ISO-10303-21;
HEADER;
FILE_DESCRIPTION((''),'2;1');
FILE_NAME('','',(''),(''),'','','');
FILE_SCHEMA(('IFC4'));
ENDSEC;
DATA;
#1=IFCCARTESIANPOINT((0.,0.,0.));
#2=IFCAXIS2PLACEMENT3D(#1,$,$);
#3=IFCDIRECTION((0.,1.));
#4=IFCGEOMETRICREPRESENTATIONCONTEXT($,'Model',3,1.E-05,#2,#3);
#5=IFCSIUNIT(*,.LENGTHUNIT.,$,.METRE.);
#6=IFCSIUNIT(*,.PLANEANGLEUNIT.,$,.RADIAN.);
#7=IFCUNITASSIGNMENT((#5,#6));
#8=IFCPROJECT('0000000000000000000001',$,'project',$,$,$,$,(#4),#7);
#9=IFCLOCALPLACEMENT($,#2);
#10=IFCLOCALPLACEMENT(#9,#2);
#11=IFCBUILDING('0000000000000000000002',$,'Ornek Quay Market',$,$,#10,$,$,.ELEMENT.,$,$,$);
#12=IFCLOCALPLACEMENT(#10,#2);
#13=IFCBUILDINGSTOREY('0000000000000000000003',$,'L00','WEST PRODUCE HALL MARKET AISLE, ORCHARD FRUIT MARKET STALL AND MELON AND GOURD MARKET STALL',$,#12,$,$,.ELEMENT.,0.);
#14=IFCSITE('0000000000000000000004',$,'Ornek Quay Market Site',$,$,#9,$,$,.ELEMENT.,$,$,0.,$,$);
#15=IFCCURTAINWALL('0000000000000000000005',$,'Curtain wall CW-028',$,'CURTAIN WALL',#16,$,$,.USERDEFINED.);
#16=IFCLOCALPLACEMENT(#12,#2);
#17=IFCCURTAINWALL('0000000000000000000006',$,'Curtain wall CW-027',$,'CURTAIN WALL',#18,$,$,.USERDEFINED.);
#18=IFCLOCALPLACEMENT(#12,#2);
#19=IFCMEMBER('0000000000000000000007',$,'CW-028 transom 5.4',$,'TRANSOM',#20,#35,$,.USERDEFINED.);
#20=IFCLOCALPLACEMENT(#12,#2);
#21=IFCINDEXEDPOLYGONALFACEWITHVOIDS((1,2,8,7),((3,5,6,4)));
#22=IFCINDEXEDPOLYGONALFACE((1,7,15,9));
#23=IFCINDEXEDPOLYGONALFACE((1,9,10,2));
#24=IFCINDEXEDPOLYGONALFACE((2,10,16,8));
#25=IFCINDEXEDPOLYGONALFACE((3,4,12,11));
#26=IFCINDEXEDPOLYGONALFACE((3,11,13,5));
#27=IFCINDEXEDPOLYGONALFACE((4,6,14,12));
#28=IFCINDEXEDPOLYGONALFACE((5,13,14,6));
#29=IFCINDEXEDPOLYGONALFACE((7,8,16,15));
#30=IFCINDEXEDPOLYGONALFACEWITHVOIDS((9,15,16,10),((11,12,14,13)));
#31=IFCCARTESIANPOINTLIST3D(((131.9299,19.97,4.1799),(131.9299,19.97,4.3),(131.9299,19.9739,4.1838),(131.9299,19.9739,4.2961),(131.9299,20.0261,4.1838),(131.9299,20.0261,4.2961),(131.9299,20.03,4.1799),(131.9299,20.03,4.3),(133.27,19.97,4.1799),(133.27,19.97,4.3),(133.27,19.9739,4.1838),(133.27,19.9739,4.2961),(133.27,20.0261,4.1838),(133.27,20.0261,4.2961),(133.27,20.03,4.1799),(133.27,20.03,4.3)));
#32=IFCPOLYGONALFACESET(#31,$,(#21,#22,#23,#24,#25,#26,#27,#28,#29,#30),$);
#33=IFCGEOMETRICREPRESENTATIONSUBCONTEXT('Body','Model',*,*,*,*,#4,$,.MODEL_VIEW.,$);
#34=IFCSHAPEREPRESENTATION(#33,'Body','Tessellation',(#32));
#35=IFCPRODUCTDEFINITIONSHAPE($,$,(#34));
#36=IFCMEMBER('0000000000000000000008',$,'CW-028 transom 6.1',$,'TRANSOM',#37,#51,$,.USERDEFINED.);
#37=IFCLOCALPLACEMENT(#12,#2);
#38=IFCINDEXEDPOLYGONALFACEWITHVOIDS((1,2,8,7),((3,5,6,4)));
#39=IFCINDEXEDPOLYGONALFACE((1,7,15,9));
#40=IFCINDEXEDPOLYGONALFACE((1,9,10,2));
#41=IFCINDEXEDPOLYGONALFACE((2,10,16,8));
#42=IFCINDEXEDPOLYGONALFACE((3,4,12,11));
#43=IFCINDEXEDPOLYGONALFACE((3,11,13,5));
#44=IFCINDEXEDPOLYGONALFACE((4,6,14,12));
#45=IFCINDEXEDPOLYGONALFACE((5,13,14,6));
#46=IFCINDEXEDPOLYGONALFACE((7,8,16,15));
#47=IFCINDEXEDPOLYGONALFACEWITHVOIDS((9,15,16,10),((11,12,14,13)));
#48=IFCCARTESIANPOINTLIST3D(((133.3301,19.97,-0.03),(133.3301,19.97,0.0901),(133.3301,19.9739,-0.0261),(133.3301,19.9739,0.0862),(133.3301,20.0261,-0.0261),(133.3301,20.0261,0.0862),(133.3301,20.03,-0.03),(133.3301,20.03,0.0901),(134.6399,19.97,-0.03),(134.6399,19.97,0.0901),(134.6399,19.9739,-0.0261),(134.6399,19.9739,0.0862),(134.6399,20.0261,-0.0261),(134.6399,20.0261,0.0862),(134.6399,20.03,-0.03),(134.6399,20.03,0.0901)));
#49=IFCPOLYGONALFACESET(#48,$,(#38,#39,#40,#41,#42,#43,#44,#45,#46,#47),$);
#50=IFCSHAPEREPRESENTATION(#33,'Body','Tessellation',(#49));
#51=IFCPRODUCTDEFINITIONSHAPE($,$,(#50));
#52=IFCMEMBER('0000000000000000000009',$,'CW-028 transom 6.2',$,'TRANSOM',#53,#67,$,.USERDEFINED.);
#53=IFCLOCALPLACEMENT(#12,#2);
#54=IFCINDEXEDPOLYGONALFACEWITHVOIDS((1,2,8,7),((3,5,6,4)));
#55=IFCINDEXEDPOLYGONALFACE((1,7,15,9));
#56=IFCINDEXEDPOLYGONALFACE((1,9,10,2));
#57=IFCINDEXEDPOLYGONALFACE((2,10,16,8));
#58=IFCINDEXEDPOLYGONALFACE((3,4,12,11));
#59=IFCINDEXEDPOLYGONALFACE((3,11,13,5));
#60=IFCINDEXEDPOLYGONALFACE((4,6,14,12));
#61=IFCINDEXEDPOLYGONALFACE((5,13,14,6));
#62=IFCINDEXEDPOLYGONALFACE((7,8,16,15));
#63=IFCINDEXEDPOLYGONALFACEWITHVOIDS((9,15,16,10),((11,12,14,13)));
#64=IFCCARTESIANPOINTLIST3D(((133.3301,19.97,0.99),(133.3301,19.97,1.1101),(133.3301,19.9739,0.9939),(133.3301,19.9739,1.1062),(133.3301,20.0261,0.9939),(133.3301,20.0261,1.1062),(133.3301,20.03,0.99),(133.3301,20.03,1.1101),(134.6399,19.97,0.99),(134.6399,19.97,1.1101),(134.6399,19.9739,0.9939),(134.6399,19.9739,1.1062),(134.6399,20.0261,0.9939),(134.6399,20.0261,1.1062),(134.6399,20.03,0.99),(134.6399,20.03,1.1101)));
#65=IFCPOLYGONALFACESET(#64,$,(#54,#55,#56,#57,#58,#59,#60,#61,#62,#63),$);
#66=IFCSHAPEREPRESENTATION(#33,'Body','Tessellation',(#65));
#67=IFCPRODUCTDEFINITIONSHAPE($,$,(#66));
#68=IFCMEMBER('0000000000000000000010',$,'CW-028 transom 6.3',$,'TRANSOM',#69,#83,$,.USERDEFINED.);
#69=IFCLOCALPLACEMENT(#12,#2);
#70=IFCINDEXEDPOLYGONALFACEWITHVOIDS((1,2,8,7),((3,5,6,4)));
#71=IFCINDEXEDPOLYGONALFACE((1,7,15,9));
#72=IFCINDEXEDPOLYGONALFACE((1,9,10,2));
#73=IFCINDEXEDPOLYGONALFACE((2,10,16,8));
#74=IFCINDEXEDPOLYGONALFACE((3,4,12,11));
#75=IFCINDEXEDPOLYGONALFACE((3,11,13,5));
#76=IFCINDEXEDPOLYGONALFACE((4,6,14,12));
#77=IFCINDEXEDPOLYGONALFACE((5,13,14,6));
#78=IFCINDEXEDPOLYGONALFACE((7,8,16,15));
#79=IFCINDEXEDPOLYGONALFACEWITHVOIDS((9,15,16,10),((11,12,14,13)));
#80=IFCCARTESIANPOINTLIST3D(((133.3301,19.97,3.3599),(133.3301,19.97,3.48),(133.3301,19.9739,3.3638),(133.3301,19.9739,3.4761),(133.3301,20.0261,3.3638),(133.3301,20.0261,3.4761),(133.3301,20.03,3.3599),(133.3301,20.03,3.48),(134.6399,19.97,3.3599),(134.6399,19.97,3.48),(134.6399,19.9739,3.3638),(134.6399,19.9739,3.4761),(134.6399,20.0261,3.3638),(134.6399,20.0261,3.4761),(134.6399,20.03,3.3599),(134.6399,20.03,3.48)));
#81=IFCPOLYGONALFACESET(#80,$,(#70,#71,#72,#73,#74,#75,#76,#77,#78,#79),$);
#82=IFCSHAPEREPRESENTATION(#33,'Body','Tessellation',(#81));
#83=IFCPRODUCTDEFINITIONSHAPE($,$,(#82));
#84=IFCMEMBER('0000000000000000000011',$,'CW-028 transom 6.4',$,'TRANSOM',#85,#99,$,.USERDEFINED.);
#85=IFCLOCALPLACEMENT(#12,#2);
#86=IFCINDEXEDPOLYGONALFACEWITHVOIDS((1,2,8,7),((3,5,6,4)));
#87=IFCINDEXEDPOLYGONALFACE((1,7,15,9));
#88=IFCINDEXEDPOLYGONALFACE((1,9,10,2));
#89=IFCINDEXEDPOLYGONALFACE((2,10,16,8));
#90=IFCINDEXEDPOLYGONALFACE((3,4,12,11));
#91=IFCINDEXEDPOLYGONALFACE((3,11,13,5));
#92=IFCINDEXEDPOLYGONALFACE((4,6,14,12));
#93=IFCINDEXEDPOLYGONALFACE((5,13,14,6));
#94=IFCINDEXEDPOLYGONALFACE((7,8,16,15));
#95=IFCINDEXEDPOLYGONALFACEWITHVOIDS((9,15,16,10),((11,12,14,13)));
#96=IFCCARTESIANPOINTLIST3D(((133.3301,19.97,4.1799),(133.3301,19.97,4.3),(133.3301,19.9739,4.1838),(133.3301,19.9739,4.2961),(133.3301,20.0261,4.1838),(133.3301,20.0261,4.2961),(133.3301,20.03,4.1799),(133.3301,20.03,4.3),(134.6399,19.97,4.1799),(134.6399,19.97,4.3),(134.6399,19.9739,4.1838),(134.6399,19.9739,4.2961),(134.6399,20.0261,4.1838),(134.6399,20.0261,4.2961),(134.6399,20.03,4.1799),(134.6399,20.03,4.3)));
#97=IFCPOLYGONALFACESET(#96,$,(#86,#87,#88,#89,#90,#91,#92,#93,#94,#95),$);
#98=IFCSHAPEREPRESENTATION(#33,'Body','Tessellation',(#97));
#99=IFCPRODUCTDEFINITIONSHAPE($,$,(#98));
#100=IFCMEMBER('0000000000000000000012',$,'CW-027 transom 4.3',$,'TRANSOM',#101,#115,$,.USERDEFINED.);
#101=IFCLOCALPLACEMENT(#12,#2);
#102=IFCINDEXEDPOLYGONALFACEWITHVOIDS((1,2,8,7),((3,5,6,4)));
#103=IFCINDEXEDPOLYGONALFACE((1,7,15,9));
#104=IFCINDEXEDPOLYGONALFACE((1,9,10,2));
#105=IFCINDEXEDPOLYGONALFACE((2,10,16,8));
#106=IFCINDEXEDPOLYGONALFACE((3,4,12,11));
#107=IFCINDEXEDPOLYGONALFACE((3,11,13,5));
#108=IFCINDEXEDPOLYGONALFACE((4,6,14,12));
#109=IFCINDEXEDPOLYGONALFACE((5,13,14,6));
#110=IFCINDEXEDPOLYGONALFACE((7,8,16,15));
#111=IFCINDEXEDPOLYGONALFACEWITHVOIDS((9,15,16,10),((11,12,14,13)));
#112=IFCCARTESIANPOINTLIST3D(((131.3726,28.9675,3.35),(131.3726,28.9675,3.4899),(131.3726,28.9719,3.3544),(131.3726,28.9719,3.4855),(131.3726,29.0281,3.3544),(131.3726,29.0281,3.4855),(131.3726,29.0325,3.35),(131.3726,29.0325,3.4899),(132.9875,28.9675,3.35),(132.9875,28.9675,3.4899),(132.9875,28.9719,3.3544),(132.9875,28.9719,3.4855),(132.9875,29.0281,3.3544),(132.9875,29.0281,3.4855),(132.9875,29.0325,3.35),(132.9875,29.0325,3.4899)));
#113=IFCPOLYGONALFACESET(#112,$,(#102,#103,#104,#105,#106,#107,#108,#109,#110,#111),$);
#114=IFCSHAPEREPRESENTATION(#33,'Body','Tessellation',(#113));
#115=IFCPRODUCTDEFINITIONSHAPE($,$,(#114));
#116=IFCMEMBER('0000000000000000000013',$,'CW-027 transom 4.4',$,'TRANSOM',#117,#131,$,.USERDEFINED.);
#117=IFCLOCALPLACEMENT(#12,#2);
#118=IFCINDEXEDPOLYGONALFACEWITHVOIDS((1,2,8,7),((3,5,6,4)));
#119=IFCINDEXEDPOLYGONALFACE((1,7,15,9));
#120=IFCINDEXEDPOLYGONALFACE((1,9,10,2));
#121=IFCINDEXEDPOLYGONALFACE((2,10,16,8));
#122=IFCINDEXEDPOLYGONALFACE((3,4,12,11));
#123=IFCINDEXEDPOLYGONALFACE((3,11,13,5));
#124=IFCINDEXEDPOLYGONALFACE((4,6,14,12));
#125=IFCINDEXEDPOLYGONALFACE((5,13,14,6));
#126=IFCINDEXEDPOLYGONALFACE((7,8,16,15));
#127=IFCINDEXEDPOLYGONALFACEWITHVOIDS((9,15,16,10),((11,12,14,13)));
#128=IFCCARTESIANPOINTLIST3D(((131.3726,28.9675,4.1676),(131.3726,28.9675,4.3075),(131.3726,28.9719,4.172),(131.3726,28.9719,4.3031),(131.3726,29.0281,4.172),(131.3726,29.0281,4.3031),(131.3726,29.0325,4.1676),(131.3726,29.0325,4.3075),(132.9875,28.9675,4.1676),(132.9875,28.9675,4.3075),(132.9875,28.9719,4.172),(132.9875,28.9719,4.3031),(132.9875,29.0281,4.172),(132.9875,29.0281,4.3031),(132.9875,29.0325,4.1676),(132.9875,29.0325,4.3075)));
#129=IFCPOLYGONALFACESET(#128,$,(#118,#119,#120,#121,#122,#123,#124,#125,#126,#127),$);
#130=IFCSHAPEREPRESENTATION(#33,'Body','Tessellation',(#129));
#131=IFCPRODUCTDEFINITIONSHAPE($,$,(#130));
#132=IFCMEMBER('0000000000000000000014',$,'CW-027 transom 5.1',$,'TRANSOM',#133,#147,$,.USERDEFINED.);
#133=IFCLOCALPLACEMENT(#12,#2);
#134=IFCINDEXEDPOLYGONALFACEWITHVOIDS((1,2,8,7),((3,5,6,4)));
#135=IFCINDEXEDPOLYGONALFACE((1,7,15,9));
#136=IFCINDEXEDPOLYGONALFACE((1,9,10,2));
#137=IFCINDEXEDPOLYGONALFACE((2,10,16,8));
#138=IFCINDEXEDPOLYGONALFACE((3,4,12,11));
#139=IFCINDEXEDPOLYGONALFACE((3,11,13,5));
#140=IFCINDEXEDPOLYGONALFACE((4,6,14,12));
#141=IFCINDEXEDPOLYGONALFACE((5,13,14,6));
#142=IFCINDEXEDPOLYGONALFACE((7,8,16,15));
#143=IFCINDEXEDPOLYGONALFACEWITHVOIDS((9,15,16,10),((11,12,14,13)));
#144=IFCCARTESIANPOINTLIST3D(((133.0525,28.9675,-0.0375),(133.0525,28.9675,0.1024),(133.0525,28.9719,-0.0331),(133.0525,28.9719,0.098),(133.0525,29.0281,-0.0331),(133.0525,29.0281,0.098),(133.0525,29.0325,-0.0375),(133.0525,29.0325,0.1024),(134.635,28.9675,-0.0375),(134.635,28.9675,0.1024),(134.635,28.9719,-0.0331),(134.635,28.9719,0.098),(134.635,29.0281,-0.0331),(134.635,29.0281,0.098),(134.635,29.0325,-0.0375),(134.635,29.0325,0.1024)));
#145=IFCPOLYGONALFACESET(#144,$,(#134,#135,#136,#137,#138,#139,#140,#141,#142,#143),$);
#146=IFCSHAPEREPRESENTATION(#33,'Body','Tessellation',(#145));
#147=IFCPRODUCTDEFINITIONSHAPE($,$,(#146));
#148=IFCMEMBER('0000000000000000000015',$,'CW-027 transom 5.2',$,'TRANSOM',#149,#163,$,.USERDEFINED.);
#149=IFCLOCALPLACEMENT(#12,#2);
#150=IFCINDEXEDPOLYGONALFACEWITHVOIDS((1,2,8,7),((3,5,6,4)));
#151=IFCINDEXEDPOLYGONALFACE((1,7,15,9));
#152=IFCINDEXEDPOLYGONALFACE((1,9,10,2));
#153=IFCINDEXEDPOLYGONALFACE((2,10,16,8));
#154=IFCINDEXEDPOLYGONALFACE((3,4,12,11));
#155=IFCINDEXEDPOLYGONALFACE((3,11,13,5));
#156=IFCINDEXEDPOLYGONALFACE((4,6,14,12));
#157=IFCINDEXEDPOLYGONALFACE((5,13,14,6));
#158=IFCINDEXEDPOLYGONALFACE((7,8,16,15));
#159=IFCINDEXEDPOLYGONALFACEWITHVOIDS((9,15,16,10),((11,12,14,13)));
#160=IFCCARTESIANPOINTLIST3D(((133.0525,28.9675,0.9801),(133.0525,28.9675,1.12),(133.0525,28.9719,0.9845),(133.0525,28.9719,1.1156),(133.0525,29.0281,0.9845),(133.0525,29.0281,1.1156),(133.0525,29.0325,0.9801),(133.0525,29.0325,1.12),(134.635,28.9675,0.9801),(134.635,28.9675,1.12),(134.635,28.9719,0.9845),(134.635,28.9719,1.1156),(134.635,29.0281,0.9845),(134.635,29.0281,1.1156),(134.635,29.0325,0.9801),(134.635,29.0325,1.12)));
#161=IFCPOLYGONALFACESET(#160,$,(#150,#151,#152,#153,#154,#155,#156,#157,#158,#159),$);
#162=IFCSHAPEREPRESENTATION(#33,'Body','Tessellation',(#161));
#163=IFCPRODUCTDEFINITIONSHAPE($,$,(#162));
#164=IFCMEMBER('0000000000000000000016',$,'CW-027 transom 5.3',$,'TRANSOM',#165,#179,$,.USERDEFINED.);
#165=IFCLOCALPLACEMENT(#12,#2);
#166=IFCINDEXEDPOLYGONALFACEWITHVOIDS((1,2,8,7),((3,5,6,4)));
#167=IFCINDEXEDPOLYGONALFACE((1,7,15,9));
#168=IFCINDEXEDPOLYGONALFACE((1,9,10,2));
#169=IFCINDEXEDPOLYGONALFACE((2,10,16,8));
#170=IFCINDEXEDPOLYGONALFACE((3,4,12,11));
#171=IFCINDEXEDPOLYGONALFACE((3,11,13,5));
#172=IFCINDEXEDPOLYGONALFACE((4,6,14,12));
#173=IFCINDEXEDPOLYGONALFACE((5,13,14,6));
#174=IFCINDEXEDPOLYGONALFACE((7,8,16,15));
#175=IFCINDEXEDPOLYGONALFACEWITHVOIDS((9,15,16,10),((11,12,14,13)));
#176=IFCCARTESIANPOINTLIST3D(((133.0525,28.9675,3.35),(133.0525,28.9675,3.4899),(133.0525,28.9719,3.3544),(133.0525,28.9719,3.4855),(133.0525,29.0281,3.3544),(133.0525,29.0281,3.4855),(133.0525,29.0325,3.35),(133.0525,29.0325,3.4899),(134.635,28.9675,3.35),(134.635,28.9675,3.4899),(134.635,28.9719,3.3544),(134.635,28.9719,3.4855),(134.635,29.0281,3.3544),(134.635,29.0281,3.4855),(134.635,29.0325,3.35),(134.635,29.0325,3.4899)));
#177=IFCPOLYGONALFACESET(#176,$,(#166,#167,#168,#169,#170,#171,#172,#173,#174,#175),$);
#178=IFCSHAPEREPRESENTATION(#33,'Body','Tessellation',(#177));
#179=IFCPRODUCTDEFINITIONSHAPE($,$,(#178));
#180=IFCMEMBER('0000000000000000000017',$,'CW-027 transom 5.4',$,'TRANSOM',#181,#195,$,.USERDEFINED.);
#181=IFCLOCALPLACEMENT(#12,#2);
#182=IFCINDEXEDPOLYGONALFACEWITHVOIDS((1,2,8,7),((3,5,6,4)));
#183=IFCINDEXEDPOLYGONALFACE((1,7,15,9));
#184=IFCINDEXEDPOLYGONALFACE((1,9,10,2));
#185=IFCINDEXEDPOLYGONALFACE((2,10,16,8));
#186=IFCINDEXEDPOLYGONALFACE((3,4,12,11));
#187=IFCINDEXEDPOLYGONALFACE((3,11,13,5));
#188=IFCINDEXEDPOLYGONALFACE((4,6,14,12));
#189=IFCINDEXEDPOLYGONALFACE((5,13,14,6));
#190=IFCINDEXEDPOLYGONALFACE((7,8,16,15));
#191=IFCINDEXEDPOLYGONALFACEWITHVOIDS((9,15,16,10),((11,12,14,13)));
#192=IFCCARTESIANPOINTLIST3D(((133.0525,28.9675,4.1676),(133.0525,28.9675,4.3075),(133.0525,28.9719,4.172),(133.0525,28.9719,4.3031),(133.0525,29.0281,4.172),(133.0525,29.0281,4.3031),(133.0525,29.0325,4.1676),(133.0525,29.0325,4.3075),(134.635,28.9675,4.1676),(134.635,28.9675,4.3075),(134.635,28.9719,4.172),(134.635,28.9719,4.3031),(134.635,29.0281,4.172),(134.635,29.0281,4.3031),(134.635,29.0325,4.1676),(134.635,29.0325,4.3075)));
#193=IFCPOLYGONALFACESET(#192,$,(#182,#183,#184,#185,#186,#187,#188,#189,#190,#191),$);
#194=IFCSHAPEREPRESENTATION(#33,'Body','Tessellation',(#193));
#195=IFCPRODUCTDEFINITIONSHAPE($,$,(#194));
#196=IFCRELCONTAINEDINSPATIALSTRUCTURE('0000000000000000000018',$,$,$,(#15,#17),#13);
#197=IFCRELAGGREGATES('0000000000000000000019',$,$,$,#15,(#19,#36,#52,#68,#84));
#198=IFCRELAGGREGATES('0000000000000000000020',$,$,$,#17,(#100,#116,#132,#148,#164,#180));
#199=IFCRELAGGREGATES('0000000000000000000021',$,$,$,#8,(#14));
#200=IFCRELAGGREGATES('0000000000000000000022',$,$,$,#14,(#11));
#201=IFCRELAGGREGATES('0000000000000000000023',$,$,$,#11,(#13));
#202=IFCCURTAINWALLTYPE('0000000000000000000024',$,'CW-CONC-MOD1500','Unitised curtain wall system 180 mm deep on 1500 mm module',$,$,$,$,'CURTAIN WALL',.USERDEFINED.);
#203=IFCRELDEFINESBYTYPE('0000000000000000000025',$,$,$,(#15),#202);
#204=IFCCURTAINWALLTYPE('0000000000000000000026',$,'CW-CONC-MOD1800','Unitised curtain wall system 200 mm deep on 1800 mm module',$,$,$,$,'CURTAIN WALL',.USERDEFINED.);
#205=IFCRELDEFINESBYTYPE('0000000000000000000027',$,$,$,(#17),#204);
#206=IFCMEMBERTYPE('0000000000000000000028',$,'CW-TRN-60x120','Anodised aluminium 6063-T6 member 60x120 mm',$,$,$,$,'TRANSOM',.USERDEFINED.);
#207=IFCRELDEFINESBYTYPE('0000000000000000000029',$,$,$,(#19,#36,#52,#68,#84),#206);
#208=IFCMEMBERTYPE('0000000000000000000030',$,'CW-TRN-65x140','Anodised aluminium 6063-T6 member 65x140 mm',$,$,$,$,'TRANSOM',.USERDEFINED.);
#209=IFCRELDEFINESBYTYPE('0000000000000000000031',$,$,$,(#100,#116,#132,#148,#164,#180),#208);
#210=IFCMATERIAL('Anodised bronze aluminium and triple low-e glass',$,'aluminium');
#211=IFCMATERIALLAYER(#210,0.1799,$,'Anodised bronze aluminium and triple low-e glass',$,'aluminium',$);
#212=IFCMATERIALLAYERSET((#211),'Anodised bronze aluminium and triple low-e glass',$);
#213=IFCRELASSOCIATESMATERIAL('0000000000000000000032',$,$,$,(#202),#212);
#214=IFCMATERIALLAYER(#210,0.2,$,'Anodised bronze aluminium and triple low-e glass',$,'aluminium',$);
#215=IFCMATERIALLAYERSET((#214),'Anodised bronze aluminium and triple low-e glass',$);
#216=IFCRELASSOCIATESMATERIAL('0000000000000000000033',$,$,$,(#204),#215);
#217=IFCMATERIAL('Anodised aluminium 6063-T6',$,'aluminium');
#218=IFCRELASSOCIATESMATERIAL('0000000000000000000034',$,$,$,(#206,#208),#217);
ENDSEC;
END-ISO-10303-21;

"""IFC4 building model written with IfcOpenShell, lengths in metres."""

from ifc_helpers import new_model, si_unit, direction, frame, origin, origin_2d, place, context, subcontext, project, spatial, hollow_rectangle, extrude, material, layer, layer_set, material_profile, profile_set, type_object, element, aggregate, save


model = new_model("IFC4")

# Units and contexts
model_context = context("Model", 3, precision=1e-05, world=origin(), true_north=direction((0.0, 1.0)))
body_context = subcontext(model_context, "Body", "Model", "MODEL_VIEW")
ifc_project = project(units=[si_unit("LENGTHUNIT", "METRE"), si_unit("PLANEANGLEUNIT", "RADIAN")], contexts=[model_context])

# Site, building, storey
site_placement = place(None, origin())
site = spatial("IfcSite", under=ifc_project, at=site_placement, Name="Ornek Quay Market Site", CompositionType="ELEMENT", RefElevation=0.0)
building_placement = place(site_placement, origin())
building = spatial("IfcBuilding", under=site, at=building_placement, Name="Ornek Quay Market", CompositionType="ELEMENT")
storey_placement = place(building_placement, origin())
storey = spatial("IfcBuildingStorey", under=building, at=storey_placement, Name="L00", Description="WEST PRODUCE HALL MARKET AISLE, ORCHARD FRUIT MARKET STALL AND MELON AND GOURD MARKET STALL", CompositionType="ELEMENT", Elevation=0.0)

# Curtain walls
ifc_material_1 = material(Name="Anodised bronze aluminium and triple low-e glass", Category="aluminium")
ifc_layer_1 = layer(ifc_material_1, 0.1799, Name="Anodised bronze aluminium and triple low-e glass", Category="aluminium")
ifc_layer_set_1 = layer_set([ifc_layer_1], Name="Anodised bronze aluminium and triple low-e glass")
curtain_wall_type_1 = type_object("IfcCurtainWallType", Name="CW-CONC-MOD1500", Description="Unitised curtain wall system 180 mm deep on 1500 mm module", ElementType="CURTAIN WALL", PredefinedType="USERDEFINED", material=ifc_layer_set_1)
curtain_wall_1_placement = place(storey_placement, origin())
curtain_wall_1 = element("IfcCurtainWall", 1, at=curtain_wall_1_placement, inside=storey, type_object=curtain_wall_type_1, Name="Curtain wall CW-028", ObjectType="CURTAIN WALL", PredefinedType="USERDEFINED")
ifc_material_2 = material(Name="Anodised aluminium 6063-T6", Category="aluminium")
ifc_layer_2 = layer(ifc_material_1, 0.2, Name="Anodised bronze aluminium and triple low-e glass", Category="aluminium")
ifc_layer_set_2 = layer_set([ifc_layer_2], Name="Anodised bronze aluminium and triple low-e glass")
curtain_wall_type_2 = type_object("IfcCurtainWallType", Name="CW-CONC-MOD1800", Description="Unitised curtain wall system 200 mm deep on 1800 mm module", ElementType="CURTAIN WALL", PredefinedType="USERDEFINED", material=ifc_layer_set_2)
curtain_wall_2_placement = place(storey_placement, origin())
curtain_wall_2 = element("IfcCurtainWall", 2, at=curtain_wall_2_placement, inside=storey, type_object=curtain_wall_type_2, Name="Curtain wall CW-027", ObjectType="CURTAIN WALL", PredefinedType="USERDEFINED")

# Members
ifc_material_profile_1 = material_profile(ifc_material_2, hollow_rectangle(XDim=0.0601, YDim=0.1201, WallThickness=0.0039, at=origin_2d()), Name="CW-TRN-60x120", Category="aluminium")
ifc_profile_set_1 = profile_set([ifc_material_profile_1], Name="Anodised aluminium 6063-T6")
member_type_1 = type_object("IfcMemberType", Name="CW-TRN-60x120", Description="Anodised aluminium 6063-T6 member 60x120 mm", ElementType="TRANSOM", PredefinedType="USERDEFINED", material=ifc_profile_set_1)
member_1_placement = place(storey_placement, frame((131.9299, 20.0, 4.24), z_axis=(1.0, 0.0, 0.0), x_axis=(0.0, 1.0, 0.0)))
member_1 = element("IfcMember", 3, at=member_1_placement, type_object=member_type_1, Name="CW-028 transom 5.4", ObjectType="TRANSOM", PredefinedType="USERDEFINED", context=body_context, shape_type="SweptSolid", body=[
    extrude(hollow_rectangle(XDim=0.0601, YDim=0.1201, WallThickness=0.0039, at=origin_2d()), origin(), (0.0, 0.0, 1.0), 1.3401),
])
member_2_placement = place(storey_placement, frame((133.3301, 20.0, 0.03), z_axis=(1.0, 0.0, 0.0), x_axis=(0.0, 1.0, 0.0)))
member_2 = element("IfcMember", 4, at=member_2_placement, type_object=member_type_1, Name="CW-028 transom 6.1", ObjectType="TRANSOM", PredefinedType="USERDEFINED", context=body_context, shape_type="SweptSolid", body=[
    extrude(hollow_rectangle(XDim=0.0601, YDim=0.1201, WallThickness=0.0039, at=origin_2d()), origin(), (0.0, 0.0, 1.0), 1.3098),
])
member_3_placement = place(storey_placement, frame((133.3301, 20.0, 1.05), z_axis=(1.0, 0.0, 0.0), x_axis=(0.0, 1.0, 0.0)))
member_3 = element("IfcMember", 5, at=member_3_placement, type_object=member_type_1, Name="CW-028 transom 6.2", ObjectType="TRANSOM", PredefinedType="USERDEFINED", context=body_context, shape_type="SweptSolid", body=[
    extrude(hollow_rectangle(XDim=0.0601, YDim=0.1201, WallThickness=0.0039, at=origin_2d()), origin(), (0.0, 0.0, 1.0), 1.3098),
])
member_4_placement = place(storey_placement, frame((133.3301, 20.0, 3.4199), z_axis=(1.0, 0.0, 0.0), x_axis=(0.0, 1.0, 0.0)))
member_4 = element("IfcMember", 6, at=member_4_placement, type_object=member_type_1, Name="CW-028 transom 6.3", ObjectType="TRANSOM", PredefinedType="USERDEFINED", context=body_context, shape_type="SweptSolid", body=[
    extrude(hollow_rectangle(XDim=0.0601, YDim=0.1201, WallThickness=0.0039, at=origin_2d()), origin(), (0.0, 0.0, 1.0), 1.3098),
])
member_5_placement = place(storey_placement, frame((133.3301, 20.0, 4.24), z_axis=(1.0, 0.0, 0.0), x_axis=(0.0, 1.0, 0.0)))
member_5 = element("IfcMember", 7, at=member_5_placement, type_object=member_type_1, Name="CW-028 transom 6.4", ObjectType="TRANSOM", PredefinedType="USERDEFINED", context=body_context, shape_type="SweptSolid", body=[
    extrude(hollow_rectangle(XDim=0.0601, YDim=0.1201, WallThickness=0.0039, at=origin_2d()), origin(), (0.0, 0.0, 1.0), 1.3098),
])
ifc_material_profile_2 = material_profile(ifc_material_2, hollow_rectangle(XDim=0.0649, YDim=0.1399, WallThickness=0.0044, at=origin_2d()), Name="CW-TRN-65x140", Category="aluminium")
ifc_profile_set_2 = profile_set([ifc_material_profile_2], Name="Anodised aluminium 6063-T6")
member_type_2 = type_object("IfcMemberType", Name="CW-TRN-65x140", Description="Anodised aluminium 6063-T6 member 65x140 mm", ElementType="TRANSOM", PredefinedType="USERDEFINED", material=ifc_profile_set_2)
member_6_placement = place(storey_placement, frame((131.3726, 29.0, 3.4199), z_axis=(1.0, 0.0, 0.0), x_axis=(0.0, 1.0, 0.0)))
member_6 = element("IfcMember", 8, at=member_6_placement, type_object=member_type_2, Name="CW-027 transom 4.3", ObjectType="TRANSOM", PredefinedType="USERDEFINED", context=body_context, shape_type="SweptSolid", body=[
    extrude(hollow_rectangle(XDim=0.0649, YDim=0.1399, WallThickness=0.0044, at=origin_2d()), origin(), (0.0, 0.0, 1.0), 1.615),
])
member_7_placement = place(storey_placement, frame((131.3726, 29.0, 4.2375), z_axis=(1.0, 0.0, 0.0), x_axis=(0.0, 1.0, 0.0)))
member_7 = element("IfcMember", 9, at=member_7_placement, type_object=member_type_2, Name="CW-027 transom 4.4", ObjectType="TRANSOM", PredefinedType="USERDEFINED", context=body_context, shape_type="SweptSolid", body=[
    extrude(hollow_rectangle(XDim=0.0649, YDim=0.1399, WallThickness=0.0044, at=origin_2d()), origin(), (0.0, 0.0, 1.0), 1.615),
])
member_8_placement = place(storey_placement, frame((133.0525, 29.0, 0.0325), z_axis=(1.0, 0.0, 0.0), x_axis=(0.0, 1.0, 0.0)))
member_8 = element("IfcMember", 10, at=member_8_placement, type_object=member_type_2, Name="CW-027 transom 5.1", ObjectType="TRANSOM", PredefinedType="USERDEFINED", context=body_context, shape_type="SweptSolid", body=[
    extrude(hollow_rectangle(XDim=0.0649, YDim=0.1399, WallThickness=0.0044, at=origin_2d()), origin(), (0.0, 0.0, 1.0), 1.5825),
])
member_9_placement = place(storey_placement, frame((133.0525, 29.0, 1.05), z_axis=(1.0, 0.0, 0.0), x_axis=(0.0, 1.0, 0.0)))
member_9 = element("IfcMember", 11, at=member_9_placement, type_object=member_type_2, Name="CW-027 transom 5.2", ObjectType="TRANSOM", PredefinedType="USERDEFINED", context=body_context, shape_type="SweptSolid", body=[
    extrude(hollow_rectangle(XDim=0.0649, YDim=0.1399, WallThickness=0.0044, at=origin_2d()), origin(), (0.0, 0.0, 1.0), 1.5825),
])
member_10_placement = place(storey_placement, frame((133.0525, 29.0, 3.4199), z_axis=(1.0, 0.0, 0.0), x_axis=(0.0, 1.0, 0.0)))
member_10 = element("IfcMember", 12, at=member_10_placement, type_object=member_type_2, Name="CW-027 transom 5.3", ObjectType="TRANSOM", PredefinedType="USERDEFINED", context=body_context, shape_type="SweptSolid", body=[
    extrude(hollow_rectangle(XDim=0.0649, YDim=0.1399, WallThickness=0.0044, at=origin_2d()), origin(), (0.0, 0.0, 1.0), 1.5825),
])
member_11_placement = place(storey_placement, frame((133.0525, 29.0, 4.2375), z_axis=(1.0, 0.0, 0.0), x_axis=(0.0, 1.0, 0.0)))
member_11 = element("IfcMember", 13, at=member_11_placement, type_object=member_type_2, Name="CW-027 transom 5.4", ObjectType="TRANSOM", PredefinedType="USERDEFINED", context=body_context, shape_type="SweptSolid", body=[
    extrude(hollow_rectangle(XDim=0.0649, YDim=0.1399, WallThickness=0.0044, at=origin_2d()), origin(), (0.0, 0.0, 1.0), 1.5825),
])

aggregate(curtain_wall_1, [member_1, member_2, member_3, member_4, member_5])
aggregate(curtain_wall_2, [member_6, member_7, member_8, member_9, member_10, member_11])

save(model, "model.ifc")
